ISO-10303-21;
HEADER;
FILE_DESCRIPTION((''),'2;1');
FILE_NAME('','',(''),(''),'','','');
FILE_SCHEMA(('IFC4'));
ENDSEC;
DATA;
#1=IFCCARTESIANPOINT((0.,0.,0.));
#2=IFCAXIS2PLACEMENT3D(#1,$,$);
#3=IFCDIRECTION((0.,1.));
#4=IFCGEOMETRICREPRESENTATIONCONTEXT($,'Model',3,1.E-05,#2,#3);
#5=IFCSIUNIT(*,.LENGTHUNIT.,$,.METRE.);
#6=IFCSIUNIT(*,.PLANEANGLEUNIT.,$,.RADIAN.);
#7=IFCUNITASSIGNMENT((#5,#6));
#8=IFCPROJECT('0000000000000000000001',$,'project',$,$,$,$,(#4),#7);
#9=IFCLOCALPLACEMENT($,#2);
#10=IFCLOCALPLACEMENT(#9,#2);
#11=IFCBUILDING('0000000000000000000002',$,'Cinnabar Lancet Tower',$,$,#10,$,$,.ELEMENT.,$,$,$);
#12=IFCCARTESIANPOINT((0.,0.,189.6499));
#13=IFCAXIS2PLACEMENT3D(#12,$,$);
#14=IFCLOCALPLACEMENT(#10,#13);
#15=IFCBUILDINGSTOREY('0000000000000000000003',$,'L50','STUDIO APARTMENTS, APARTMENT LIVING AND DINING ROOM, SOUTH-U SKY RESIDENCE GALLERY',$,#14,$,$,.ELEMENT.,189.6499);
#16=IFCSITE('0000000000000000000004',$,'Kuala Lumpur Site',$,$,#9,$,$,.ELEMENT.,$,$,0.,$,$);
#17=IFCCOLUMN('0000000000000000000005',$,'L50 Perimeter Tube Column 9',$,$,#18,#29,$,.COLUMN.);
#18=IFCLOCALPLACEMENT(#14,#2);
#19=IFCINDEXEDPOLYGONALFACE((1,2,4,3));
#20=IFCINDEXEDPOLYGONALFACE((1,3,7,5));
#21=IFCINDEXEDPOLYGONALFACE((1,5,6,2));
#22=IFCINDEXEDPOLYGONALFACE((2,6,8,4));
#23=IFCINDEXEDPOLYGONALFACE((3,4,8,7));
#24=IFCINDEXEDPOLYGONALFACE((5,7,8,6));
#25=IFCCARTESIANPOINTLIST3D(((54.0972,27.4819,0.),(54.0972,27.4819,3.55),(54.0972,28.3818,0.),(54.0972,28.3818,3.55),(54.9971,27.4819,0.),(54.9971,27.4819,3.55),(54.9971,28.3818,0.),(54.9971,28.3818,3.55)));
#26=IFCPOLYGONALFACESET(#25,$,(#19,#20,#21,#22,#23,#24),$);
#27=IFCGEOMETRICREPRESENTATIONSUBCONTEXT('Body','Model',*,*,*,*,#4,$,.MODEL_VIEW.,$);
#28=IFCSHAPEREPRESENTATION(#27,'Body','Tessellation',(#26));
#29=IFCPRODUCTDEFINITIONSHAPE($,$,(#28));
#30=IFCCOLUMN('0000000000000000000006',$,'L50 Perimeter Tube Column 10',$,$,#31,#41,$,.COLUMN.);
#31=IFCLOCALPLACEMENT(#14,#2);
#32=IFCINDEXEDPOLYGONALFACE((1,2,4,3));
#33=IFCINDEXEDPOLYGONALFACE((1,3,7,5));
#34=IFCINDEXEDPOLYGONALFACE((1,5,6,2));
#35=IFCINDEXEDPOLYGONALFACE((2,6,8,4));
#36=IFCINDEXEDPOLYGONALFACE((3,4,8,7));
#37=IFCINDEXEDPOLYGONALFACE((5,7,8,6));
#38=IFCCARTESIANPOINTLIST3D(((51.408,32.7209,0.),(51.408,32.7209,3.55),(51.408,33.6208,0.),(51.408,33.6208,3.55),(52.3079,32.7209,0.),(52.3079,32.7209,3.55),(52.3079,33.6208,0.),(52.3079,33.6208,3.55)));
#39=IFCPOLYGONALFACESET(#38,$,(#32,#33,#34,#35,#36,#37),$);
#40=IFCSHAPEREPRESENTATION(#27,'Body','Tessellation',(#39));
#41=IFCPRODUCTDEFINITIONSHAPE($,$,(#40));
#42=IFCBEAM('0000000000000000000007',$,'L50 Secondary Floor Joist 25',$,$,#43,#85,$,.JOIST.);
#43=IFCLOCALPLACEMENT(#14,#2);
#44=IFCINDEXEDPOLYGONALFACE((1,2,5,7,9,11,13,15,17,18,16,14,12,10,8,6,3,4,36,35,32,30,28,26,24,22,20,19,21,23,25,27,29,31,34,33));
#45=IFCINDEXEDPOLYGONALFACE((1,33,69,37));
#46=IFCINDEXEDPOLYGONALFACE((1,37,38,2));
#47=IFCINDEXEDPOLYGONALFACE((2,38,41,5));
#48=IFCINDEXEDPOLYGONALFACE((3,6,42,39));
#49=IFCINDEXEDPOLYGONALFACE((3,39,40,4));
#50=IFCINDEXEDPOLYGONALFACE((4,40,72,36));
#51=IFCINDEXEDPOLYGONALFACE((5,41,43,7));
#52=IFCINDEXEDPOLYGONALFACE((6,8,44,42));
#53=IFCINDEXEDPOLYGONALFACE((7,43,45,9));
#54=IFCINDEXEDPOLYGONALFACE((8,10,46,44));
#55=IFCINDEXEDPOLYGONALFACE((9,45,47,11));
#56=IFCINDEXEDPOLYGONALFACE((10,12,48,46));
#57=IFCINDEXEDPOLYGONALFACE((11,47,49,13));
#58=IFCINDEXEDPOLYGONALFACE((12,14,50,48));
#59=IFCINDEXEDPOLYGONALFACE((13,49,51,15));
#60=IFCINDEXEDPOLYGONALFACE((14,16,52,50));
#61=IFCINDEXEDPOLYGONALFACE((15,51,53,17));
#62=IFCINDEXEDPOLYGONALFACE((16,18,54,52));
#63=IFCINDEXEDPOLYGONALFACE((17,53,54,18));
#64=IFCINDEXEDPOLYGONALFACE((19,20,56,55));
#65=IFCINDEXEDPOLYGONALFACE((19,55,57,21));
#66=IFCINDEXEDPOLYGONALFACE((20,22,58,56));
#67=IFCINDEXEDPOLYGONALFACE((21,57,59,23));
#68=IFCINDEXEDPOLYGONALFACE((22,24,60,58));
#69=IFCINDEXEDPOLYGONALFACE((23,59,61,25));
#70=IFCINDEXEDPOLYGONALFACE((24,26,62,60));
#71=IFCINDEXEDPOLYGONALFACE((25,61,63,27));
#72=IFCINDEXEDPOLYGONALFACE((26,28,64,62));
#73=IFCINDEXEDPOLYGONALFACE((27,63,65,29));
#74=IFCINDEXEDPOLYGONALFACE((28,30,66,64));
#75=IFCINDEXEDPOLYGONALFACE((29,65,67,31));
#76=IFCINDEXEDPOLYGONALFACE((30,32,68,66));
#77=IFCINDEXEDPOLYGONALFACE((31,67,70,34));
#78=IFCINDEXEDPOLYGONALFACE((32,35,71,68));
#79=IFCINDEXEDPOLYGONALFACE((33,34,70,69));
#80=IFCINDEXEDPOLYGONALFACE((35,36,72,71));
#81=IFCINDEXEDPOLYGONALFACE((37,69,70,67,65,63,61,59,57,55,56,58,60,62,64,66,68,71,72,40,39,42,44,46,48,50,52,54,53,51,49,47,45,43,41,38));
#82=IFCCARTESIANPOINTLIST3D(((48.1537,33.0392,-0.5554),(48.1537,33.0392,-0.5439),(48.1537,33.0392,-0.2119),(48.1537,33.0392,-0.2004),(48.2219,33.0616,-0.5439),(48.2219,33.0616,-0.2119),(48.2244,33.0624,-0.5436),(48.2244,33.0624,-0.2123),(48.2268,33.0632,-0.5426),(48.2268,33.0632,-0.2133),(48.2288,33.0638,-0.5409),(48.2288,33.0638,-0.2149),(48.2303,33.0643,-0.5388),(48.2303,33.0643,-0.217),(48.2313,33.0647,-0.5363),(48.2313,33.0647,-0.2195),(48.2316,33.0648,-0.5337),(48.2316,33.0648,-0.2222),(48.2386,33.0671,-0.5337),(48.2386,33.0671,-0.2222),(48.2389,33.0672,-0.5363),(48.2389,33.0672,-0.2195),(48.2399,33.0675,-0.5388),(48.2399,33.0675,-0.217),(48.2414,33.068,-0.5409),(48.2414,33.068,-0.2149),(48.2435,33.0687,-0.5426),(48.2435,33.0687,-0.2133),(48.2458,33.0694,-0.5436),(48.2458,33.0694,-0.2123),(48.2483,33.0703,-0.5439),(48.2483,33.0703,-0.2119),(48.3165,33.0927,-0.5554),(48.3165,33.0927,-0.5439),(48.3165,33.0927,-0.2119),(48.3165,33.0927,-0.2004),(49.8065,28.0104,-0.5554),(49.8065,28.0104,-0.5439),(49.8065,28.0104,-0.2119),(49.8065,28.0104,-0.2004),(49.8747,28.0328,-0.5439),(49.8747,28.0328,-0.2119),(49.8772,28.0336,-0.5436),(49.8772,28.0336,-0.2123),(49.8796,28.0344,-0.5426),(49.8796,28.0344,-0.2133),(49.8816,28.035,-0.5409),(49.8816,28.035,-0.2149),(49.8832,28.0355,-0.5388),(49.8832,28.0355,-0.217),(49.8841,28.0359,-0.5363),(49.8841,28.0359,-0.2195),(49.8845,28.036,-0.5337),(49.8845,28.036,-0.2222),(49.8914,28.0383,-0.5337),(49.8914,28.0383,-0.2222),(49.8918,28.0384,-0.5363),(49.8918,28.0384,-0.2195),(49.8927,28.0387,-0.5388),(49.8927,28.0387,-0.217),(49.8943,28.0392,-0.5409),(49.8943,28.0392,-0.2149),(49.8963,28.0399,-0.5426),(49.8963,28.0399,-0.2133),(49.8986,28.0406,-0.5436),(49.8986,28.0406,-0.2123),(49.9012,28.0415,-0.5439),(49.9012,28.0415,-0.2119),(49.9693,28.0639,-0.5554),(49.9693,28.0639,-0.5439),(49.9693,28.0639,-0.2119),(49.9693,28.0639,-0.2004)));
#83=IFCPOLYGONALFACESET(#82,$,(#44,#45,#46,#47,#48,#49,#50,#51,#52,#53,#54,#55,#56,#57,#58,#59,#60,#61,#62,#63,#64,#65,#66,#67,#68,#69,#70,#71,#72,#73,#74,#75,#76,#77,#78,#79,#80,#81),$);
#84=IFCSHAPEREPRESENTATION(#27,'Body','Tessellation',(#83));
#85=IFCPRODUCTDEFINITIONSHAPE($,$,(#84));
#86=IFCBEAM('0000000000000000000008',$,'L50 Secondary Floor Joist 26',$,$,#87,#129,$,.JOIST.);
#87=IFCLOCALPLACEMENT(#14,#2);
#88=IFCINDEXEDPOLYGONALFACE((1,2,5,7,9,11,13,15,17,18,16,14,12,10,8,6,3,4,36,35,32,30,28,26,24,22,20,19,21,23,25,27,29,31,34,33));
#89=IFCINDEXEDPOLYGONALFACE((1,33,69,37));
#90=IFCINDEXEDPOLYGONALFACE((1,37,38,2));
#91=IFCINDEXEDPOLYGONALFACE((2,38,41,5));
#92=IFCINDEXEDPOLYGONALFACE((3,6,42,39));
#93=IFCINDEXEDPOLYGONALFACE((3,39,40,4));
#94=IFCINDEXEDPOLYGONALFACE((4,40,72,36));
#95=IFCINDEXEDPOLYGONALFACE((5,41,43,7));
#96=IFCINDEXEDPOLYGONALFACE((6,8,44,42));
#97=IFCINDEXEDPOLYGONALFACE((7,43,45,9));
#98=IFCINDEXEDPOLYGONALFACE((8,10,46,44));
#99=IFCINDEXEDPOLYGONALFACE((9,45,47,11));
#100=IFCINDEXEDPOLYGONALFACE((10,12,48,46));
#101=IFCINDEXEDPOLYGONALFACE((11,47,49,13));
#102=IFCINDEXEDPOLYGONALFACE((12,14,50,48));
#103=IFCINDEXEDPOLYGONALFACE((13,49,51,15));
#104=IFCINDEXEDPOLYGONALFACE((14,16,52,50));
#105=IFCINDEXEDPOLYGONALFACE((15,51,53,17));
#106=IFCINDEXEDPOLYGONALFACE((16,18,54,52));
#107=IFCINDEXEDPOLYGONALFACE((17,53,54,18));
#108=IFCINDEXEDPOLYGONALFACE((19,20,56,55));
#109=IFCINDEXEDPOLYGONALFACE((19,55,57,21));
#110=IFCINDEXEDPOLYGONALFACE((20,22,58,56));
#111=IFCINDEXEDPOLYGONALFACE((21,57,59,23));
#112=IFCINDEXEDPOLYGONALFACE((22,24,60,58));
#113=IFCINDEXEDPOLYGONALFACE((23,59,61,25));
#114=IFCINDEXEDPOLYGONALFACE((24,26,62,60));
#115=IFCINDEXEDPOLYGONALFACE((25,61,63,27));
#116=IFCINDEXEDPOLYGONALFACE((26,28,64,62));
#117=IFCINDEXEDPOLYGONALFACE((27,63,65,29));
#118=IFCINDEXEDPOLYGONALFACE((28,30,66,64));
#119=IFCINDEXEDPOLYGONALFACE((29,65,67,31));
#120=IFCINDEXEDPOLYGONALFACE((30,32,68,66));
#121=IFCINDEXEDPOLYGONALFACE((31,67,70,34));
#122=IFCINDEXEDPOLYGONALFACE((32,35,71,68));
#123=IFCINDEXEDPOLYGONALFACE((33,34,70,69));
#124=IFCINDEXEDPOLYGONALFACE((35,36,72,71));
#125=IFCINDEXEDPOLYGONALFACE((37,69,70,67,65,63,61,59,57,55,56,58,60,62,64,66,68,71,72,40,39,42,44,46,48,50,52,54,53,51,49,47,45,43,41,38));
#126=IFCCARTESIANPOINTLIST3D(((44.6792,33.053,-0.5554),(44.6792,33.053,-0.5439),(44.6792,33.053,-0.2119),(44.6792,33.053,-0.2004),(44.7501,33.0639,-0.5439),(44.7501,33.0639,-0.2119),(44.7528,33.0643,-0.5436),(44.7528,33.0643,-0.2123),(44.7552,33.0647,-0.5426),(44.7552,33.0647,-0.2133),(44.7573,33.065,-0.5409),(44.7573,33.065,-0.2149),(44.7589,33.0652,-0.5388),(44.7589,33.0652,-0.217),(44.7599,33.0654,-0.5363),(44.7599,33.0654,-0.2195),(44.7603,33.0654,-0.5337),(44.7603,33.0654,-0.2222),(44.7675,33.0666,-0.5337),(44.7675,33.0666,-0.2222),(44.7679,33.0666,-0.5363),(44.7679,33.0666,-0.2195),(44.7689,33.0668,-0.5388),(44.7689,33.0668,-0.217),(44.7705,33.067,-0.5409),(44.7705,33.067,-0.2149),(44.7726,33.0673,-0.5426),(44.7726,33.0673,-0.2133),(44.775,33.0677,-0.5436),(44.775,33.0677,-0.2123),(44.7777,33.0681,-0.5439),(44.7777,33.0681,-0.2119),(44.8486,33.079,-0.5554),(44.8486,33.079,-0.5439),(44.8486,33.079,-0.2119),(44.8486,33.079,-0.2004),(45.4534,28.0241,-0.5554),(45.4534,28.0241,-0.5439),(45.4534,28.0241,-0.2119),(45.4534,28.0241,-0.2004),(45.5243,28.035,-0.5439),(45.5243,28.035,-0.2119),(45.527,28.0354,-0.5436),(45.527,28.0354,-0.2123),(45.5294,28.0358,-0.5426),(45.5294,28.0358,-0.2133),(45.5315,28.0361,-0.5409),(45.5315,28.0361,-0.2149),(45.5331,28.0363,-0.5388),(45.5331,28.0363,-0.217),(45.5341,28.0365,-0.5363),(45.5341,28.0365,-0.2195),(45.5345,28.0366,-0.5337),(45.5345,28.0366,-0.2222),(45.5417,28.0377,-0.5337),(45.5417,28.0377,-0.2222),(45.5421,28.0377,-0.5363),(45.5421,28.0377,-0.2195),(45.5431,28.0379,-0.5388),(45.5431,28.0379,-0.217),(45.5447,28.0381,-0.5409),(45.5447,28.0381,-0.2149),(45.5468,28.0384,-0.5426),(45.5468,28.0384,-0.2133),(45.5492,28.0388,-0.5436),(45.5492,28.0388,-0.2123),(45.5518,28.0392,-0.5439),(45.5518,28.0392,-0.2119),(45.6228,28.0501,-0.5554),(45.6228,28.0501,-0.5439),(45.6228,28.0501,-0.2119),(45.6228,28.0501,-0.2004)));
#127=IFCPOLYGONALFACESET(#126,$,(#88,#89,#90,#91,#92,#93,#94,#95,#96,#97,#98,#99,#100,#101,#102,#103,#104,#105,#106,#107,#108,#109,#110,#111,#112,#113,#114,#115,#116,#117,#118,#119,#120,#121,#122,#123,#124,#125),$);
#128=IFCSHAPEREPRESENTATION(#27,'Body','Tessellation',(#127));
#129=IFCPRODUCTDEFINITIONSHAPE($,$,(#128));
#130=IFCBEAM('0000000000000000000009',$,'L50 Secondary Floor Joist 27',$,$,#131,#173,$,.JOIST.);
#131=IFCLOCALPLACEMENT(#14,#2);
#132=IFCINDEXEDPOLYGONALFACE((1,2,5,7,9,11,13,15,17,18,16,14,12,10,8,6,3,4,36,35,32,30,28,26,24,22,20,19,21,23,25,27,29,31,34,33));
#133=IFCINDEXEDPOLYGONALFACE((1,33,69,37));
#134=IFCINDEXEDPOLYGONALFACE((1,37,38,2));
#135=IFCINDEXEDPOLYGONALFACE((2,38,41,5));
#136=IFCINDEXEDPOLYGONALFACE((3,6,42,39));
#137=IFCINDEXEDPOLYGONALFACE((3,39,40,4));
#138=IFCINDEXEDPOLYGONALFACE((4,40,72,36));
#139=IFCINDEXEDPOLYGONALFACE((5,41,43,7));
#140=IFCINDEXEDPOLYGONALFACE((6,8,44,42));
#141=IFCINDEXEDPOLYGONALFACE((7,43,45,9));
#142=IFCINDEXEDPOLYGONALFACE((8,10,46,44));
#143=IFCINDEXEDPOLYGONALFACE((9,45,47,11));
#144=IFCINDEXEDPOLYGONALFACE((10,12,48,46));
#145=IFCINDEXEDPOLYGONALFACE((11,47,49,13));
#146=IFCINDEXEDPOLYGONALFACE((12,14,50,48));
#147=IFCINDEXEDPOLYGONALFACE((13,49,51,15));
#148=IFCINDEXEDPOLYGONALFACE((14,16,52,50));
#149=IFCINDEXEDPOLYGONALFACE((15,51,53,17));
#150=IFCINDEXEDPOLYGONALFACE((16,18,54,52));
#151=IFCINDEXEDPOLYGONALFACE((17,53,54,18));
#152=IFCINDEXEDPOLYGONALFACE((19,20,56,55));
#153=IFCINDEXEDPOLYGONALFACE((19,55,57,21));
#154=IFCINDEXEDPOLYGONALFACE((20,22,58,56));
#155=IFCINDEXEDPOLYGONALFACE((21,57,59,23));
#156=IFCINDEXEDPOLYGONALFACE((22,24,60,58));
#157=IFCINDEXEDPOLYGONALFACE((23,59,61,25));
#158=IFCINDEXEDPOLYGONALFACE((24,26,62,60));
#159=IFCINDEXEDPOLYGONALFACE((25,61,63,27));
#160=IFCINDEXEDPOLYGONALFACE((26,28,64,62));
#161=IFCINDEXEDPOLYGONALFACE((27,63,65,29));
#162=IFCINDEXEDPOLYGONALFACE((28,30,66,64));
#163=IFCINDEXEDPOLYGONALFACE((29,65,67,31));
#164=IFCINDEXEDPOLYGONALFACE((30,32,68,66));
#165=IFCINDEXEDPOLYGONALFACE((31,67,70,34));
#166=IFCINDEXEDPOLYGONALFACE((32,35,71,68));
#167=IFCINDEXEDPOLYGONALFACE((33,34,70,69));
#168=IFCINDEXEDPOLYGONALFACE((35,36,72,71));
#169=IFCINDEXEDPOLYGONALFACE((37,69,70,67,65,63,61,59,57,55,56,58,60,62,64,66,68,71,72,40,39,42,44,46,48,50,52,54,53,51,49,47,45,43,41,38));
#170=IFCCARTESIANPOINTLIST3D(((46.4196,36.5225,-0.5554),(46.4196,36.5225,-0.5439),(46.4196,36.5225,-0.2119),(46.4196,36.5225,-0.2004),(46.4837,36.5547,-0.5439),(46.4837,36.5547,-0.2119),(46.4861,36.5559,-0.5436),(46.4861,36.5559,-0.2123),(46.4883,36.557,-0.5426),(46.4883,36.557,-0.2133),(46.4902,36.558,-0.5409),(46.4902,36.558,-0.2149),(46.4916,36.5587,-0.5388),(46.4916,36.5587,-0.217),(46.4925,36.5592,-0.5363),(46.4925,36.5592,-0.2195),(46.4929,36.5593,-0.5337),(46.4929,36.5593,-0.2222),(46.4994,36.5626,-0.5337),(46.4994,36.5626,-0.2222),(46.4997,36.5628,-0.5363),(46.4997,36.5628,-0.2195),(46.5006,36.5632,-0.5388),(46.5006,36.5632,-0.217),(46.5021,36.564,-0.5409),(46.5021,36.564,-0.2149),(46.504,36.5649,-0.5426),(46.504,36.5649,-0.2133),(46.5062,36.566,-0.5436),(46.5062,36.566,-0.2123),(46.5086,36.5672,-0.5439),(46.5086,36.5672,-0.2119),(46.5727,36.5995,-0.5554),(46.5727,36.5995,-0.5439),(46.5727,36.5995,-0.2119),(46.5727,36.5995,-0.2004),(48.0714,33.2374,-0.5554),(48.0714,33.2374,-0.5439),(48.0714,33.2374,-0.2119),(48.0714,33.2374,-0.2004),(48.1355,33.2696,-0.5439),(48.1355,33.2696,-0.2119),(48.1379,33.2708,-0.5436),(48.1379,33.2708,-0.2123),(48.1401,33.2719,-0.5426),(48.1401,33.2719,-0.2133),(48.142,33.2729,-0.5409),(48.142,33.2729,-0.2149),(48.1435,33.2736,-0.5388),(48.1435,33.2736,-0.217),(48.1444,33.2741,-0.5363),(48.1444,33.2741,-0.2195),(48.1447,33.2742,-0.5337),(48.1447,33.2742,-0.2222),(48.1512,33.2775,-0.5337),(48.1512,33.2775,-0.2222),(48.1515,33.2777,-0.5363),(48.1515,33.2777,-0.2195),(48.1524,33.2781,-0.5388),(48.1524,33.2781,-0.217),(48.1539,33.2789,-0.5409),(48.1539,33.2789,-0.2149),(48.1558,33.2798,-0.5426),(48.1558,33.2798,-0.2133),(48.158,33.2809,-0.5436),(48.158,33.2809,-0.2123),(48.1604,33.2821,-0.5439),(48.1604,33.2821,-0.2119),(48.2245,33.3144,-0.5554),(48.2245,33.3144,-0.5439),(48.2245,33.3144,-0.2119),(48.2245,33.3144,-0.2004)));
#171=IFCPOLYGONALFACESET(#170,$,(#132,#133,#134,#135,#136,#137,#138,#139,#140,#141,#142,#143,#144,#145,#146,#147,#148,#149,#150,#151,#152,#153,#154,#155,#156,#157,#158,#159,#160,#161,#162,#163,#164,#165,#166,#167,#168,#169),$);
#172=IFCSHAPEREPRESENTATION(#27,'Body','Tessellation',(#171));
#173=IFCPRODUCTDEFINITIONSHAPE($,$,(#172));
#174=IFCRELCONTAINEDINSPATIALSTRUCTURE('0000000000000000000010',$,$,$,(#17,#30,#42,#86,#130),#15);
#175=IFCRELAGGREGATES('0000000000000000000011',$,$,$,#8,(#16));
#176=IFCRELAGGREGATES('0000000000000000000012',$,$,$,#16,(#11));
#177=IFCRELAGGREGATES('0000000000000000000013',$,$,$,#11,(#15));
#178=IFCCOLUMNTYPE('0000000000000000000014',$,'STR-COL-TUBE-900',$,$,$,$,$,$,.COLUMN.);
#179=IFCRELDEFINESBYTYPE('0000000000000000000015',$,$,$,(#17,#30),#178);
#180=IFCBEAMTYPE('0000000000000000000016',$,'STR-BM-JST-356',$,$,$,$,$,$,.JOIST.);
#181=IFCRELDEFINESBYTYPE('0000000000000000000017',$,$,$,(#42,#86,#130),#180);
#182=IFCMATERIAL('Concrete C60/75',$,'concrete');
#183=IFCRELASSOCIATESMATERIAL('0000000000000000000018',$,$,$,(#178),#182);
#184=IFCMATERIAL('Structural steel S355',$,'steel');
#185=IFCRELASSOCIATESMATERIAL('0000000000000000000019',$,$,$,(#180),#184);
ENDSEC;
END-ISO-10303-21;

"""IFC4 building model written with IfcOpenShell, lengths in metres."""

from ifc_helpers import new_model, si_unit, direction, frame, origin, origin_2d, place, context, subcontext, project, spatial, rectangle, i_section, extrude, material, material_profile, profile_set, type_object, element, save


model = new_model("IFC4")

# Units and contexts
model_context = context("Model", 3, precision=1e-05, world=origin(), true_north=direction((0.0, 1.0)))
body_context = subcontext(model_context, "Body", "Model", "MODEL_VIEW")
ifc_project = project(units=[si_unit("LENGTHUNIT", "METRE"), si_unit("PLANEANGLEUNIT", "RADIAN")], contexts=[model_context])

# Site, building, storey
site_placement = place(None, origin())
site = spatial("IfcSite", under=ifc_project, at=site_placement, Name="Kuala Lumpur Site", CompositionType="ELEMENT", RefElevation=0.0)
building_placement = place(site_placement, origin())
building = spatial("IfcBuilding", under=site, at=building_placement, Name="Cinnabar Lancet Tower", CompositionType="ELEMENT")
storey_placement = place(building_placement, frame((0.0, 0.0, 189.6499)))
storey = spatial("IfcBuildingStorey", under=building, at=storey_placement, Name="L50", Description="STUDIO APARTMENTS, APARTMENT LIVING AND DINING ROOM, SOUTH-U SKY RESIDENCE GALLERY", CompositionType="ELEMENT", Elevation=189.6499)

# Columns
ifc_material_1 = material(Name="Concrete C60/75", Category="concrete")
ifc_material_profile_1 = material_profile(ifc_material_1, rectangle(XDim=0.8999, YDim=0.8999, at=origin_2d()), Name="RC-COL 900x900")
ifc_profile_set_1 = profile_set([ifc_material_profile_1], Name="Concrete C60/75")
column_type = type_object("IfcColumnType", Name="STR-COL-TUBE-900", PredefinedType="COLUMN", material=ifc_profile_set_1)
for number, where, z_axis, x_axis, name in (
    (1, (54.5471, 27.9319, 0.0), (0.0, 0.0, 1.0), (1.0, 0.0, 0.0), "L50 Perimeter Tube Column 9"),
    (2, (51.8579, 33.1709, 0.0), (0.0, 0.0, 1.0), (1.0, 0.0, 0.0), "L50 Perimeter Tube Column 10"),
):
    element("IfcColumn", number, at=place(storey_placement, frame(where, z_axis=z_axis, x_axis=x_axis)), inside=storey, type_object=column_type, Name=name, PredefinedType="COLUMN", context=body_context, shape_type="SweptSolid", body=[
        extrude(rectangle(XDim=0.8999, YDim=0.8999, at=origin_2d()), origin(), (0.0, 0.0, 1.0), 3.55),
    ])

# Beams
ifc_material_2 = material(Name="Structural steel S355", Category="steel")
ifc_material_profile_2 = material_profile(ifc_material_2, i_section(OverallWidth=0.1714, OverallDepth=0.355, WebThickness=0.0073, FlangeThickness=0.0115, FilletRadius=0.0103, at=origin_2d()), Name="UKB 356x171x51")
ifc_profile_set_2 = profile_set([ifc_material_profile_2], Name="Structural steel S355")
beam_type_1 = type_object("IfcBeamType", Name="STR-BM-JST-356", PredefinedType="JOIST", material=ifc_profile_set_2)
beam_1_placement = place(storey_placement, frame((49.8879, 28.0371, -0.3779), z_axis=(-0.31224, 0.950003, 0.0), x_axis=(-0.950003, -0.31224, 0.0)))
element("IfcBeam", 3, at=beam_1_placement, inside=storey, type_object=beam_type_1, Name="L50 Secondary Floor Joist 25", PredefinedType="JOIST", context=body_context, shape_type="SweptSolid", body=[
    extrude(i_section(OverallWidth=0.1714, OverallDepth=0.355, WebThickness=0.0073, FlangeThickness=0.0115, FilletRadius=0.0103, at=origin_2d()), origin(), (0.0, 0.0, 1.0), 5.2935),
])
beam_2_placement = place(storey_placement, frame((45.5381, 28.0371, -0.3779), z_axis=(-0.152155, 0.988357, 0.0), x_axis=(-0.988357, -0.152155, 0.0)))
element("IfcBeam", 4, at=beam_2_placement, inside=storey, type_object=beam_type_1, Name="L50 Secondary Floor Joist 26", PredefinedType="JOIST", context=body_context, shape_type="SweptSolid", body=[
    extrude(i_section(OverallWidth=0.1714, OverallDepth=0.355, WebThickness=0.0073, FlangeThickness=0.0115, FilletRadius=0.0103, at=origin_2d()), origin(), (0.0, 0.0, 1.0), 5.0881),
])
beam_3_placement = place(storey_placement, frame((48.1479, 33.2759, -0.3779), z_axis=(-0.449231, 0.893416, 0.0), x_axis=(-0.893416, -0.449231, 0.0)))
element("IfcBeam", 5, at=beam_3_placement, inside=storey, type_object=beam_type_1, Name="L50 Secondary Floor Joist 27", PredefinedType="JOIST", context=body_context, shape_type="SweptSolid", body=[
    extrude(i_section(OverallWidth=0.1714, OverallDepth=0.355, WebThickness=0.0073, FlangeThickness=0.0115, FilletRadius=0.0103, at=origin_2d()), origin(), (0.0, 0.0, 1.0), 3.677),
])

save(model, "model.ifc")
